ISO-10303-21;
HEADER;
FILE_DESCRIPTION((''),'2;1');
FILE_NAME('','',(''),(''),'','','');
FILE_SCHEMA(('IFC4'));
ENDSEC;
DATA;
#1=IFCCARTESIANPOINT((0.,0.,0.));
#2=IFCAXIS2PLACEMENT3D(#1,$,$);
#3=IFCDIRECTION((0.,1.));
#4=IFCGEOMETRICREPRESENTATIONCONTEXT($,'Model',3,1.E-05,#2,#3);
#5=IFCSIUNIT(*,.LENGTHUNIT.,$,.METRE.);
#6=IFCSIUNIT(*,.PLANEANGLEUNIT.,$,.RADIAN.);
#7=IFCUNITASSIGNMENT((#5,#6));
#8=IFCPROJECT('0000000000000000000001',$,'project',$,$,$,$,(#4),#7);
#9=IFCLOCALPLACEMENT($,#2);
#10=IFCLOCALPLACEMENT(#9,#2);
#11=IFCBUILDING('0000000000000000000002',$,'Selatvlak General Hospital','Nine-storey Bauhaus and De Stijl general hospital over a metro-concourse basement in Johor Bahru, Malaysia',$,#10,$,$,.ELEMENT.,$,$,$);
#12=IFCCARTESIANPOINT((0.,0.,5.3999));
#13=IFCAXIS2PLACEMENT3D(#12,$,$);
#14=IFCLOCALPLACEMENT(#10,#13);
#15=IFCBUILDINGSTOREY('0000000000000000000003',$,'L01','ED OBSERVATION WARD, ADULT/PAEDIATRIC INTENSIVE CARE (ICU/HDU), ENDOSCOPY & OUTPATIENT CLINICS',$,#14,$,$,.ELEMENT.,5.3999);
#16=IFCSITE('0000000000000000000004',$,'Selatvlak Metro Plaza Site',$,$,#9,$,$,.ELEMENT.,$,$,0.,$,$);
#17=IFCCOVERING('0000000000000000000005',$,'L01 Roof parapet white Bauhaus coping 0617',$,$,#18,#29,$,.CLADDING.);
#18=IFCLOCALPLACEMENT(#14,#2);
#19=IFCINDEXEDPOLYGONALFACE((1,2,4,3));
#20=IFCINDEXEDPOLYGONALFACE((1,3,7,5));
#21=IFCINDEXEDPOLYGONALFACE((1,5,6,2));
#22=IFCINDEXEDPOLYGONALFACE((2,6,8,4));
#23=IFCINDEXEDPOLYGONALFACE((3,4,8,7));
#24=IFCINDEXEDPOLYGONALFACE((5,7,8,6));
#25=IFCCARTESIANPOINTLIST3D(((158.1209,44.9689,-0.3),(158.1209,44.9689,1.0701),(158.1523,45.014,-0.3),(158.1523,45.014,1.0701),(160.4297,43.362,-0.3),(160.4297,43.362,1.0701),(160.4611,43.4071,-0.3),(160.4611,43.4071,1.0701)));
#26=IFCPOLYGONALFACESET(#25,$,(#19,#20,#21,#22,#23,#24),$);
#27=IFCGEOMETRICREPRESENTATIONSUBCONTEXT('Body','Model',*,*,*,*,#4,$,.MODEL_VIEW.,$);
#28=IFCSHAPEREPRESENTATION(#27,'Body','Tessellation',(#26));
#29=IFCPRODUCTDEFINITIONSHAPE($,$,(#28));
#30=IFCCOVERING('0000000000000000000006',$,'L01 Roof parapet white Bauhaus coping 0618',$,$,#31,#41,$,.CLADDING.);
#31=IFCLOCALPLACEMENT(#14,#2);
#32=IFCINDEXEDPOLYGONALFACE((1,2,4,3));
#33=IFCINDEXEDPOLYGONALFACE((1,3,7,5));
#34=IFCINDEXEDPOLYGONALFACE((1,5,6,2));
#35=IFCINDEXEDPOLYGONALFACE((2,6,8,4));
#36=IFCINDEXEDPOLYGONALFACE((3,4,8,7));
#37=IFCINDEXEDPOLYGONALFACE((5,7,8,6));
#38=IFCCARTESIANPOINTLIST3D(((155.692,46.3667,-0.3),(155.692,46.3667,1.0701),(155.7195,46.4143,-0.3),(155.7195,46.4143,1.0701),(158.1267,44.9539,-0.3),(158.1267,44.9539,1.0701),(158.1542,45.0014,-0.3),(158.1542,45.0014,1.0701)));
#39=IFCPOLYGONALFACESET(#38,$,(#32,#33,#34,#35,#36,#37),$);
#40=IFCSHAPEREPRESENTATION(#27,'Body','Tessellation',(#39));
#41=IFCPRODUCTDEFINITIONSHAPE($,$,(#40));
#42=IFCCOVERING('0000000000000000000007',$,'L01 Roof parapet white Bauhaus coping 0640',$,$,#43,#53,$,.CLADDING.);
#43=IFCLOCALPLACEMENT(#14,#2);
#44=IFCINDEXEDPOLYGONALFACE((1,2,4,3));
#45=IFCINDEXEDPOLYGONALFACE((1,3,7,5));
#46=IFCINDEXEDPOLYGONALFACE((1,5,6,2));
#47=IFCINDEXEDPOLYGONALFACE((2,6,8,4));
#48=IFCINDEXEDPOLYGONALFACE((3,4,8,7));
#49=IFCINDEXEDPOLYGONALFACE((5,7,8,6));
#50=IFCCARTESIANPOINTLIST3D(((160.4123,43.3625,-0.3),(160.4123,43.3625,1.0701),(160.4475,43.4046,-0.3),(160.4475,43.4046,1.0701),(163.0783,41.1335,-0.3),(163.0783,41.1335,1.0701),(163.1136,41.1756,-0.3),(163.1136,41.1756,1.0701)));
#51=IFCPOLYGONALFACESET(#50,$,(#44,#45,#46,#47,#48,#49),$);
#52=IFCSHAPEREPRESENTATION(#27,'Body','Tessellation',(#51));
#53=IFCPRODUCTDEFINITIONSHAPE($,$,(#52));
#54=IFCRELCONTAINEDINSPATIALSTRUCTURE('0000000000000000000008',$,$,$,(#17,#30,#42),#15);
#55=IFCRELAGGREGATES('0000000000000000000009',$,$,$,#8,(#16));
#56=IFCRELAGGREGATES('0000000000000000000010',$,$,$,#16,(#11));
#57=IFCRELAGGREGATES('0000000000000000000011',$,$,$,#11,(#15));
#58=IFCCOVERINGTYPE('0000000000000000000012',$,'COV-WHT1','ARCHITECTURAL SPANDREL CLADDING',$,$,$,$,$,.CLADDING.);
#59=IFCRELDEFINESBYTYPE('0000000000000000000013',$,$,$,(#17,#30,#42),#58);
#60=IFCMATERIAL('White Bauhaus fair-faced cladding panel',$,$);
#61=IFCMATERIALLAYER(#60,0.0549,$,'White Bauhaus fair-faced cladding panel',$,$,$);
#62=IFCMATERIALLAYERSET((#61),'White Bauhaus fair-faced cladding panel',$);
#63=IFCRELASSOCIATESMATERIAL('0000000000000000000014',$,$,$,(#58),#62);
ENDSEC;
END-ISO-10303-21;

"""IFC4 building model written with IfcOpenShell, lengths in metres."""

from ifc_helpers import new_model, si_unit, direction, frame, origin, origin_2d, place, context, subcontext, project, spatial, rectangle, extrude, material, layer, layer_set, type_object, element, save


model = new_model("IFC4")

# Units and contexts
model_context = context("Model", 3, precision=1e-05, world=origin(), true_north=direction((0.0, 1.0)))
body_context = subcontext(model_context, "Body", "Model", "MODEL_VIEW")
ifc_project = project(units=[si_unit("LENGTHUNIT", "METRE"), si_unit("PLANEANGLEUNIT", "RADIAN")], contexts=[model_context])

# Site, building, storey
site_placement = place(None, origin())
site = spatial("IfcSite", under=ifc_project, at=site_placement, Name="Selatvlak Metro Plaza Site", CompositionType="ELEMENT", RefElevation=0.0)
building_placement = place(site_placement, origin())
building = spatial("IfcBuilding", under=site, at=building_placement, Name="Selatvlak General Hospital", Description="Nine-storey Bauhaus and De Stijl general hospital over a metro-concourse basement in Johor Bahru, Malaysia", CompositionType="ELEMENT")
storey_placement = place(building_placement, frame((0.0, 0.0, 5.3999)))
storey = spatial("IfcBuildingStorey", under=building, at=storey_placement, Name="L01", Description="ED OBSERVATION WARD, ADULT/PAEDIATRIC INTENSIVE CARE (ICU/HDU), ENDOSCOPY & OUTPATIENT CLINICS", CompositionType="ELEMENT", Elevation=5.3999)

# Coverings
ifc_material_1 = material(Name="White Bauhaus fair-faced cladding panel")
ifc_layer_1 = layer(ifc_material_1, 0.0549, Name="White Bauhaus fair-faced cladding panel")
ifc_layer_set_1 = layer_set([ifc_layer_1], Name="White Bauhaus fair-faced cladding panel")
covering_type_1 = type_object("IfcCoveringType", Name="COV-WHT1", Description="ARCHITECTURAL SPANDREL CLADDING", PredefinedType="CLADDING", material=ifc_layer_set_1)
covering_1_placement = place(storey_placement, frame((159.291, 44.188, -0.3), z_axis=(0.0, 0.0, 1.0), x_axis=(-0.82078, 0.571244, 0.0)))
element("IfcCovering", 1, at=covering_1_placement, inside=storey, type_object=covering_type_1, Name="L01 Roof parapet white Bauhaus coping 0617", PredefinedType="CLADDING", context=body_context, shape_type="SweptSolid", body=[
    extrude(rectangle(XDim=2.813, YDim=0.0549, at=origin_2d()), origin(), (0.0, 0.0, 1.0), 1.3701),
])
covering_2_placement = place(storey_placement, frame((156.9231, 45.6841, -0.3), z_axis=(0.0, 0.0, 1.0), x_axis=(-0.864924, 0.501903, 0.0)))
element("IfcCovering", 2, at=covering_2_placement, inside=storey, type_object=covering_type_1, Name="L01 Roof parapet white Bauhaus coping 0618", PredefinedType="CLADDING", context=body_context, shape_type="SweptSolid", body=[
    extrude(rectangle(XDim=2.8149, YDim=0.0549, at=origin_2d()), origin(), (0.0, 0.0, 1.0), 1.3701),
])
covering_3_placement = place(storey_placement, frame((161.7629, 42.269, -0.3), z_axis=(0.0, 0.0, 1.0), x_axis=(-0.767188, 0.641423, 0.0)))
element("IfcCovering", 3, at=covering_3_placement, inside=storey, type_object=covering_type_1, Name="L01 Roof parapet white Bauhaus coping 0640", PredefinedType="CLADDING", context=body_context, shape_type="SweptSolid", body=[
    extrude(rectangle(XDim=3.4751, YDim=0.0549, at=origin_2d()), origin(), (0.0, 0.0, 1.0), 1.3701),
])

save(model, "model.ifc")
